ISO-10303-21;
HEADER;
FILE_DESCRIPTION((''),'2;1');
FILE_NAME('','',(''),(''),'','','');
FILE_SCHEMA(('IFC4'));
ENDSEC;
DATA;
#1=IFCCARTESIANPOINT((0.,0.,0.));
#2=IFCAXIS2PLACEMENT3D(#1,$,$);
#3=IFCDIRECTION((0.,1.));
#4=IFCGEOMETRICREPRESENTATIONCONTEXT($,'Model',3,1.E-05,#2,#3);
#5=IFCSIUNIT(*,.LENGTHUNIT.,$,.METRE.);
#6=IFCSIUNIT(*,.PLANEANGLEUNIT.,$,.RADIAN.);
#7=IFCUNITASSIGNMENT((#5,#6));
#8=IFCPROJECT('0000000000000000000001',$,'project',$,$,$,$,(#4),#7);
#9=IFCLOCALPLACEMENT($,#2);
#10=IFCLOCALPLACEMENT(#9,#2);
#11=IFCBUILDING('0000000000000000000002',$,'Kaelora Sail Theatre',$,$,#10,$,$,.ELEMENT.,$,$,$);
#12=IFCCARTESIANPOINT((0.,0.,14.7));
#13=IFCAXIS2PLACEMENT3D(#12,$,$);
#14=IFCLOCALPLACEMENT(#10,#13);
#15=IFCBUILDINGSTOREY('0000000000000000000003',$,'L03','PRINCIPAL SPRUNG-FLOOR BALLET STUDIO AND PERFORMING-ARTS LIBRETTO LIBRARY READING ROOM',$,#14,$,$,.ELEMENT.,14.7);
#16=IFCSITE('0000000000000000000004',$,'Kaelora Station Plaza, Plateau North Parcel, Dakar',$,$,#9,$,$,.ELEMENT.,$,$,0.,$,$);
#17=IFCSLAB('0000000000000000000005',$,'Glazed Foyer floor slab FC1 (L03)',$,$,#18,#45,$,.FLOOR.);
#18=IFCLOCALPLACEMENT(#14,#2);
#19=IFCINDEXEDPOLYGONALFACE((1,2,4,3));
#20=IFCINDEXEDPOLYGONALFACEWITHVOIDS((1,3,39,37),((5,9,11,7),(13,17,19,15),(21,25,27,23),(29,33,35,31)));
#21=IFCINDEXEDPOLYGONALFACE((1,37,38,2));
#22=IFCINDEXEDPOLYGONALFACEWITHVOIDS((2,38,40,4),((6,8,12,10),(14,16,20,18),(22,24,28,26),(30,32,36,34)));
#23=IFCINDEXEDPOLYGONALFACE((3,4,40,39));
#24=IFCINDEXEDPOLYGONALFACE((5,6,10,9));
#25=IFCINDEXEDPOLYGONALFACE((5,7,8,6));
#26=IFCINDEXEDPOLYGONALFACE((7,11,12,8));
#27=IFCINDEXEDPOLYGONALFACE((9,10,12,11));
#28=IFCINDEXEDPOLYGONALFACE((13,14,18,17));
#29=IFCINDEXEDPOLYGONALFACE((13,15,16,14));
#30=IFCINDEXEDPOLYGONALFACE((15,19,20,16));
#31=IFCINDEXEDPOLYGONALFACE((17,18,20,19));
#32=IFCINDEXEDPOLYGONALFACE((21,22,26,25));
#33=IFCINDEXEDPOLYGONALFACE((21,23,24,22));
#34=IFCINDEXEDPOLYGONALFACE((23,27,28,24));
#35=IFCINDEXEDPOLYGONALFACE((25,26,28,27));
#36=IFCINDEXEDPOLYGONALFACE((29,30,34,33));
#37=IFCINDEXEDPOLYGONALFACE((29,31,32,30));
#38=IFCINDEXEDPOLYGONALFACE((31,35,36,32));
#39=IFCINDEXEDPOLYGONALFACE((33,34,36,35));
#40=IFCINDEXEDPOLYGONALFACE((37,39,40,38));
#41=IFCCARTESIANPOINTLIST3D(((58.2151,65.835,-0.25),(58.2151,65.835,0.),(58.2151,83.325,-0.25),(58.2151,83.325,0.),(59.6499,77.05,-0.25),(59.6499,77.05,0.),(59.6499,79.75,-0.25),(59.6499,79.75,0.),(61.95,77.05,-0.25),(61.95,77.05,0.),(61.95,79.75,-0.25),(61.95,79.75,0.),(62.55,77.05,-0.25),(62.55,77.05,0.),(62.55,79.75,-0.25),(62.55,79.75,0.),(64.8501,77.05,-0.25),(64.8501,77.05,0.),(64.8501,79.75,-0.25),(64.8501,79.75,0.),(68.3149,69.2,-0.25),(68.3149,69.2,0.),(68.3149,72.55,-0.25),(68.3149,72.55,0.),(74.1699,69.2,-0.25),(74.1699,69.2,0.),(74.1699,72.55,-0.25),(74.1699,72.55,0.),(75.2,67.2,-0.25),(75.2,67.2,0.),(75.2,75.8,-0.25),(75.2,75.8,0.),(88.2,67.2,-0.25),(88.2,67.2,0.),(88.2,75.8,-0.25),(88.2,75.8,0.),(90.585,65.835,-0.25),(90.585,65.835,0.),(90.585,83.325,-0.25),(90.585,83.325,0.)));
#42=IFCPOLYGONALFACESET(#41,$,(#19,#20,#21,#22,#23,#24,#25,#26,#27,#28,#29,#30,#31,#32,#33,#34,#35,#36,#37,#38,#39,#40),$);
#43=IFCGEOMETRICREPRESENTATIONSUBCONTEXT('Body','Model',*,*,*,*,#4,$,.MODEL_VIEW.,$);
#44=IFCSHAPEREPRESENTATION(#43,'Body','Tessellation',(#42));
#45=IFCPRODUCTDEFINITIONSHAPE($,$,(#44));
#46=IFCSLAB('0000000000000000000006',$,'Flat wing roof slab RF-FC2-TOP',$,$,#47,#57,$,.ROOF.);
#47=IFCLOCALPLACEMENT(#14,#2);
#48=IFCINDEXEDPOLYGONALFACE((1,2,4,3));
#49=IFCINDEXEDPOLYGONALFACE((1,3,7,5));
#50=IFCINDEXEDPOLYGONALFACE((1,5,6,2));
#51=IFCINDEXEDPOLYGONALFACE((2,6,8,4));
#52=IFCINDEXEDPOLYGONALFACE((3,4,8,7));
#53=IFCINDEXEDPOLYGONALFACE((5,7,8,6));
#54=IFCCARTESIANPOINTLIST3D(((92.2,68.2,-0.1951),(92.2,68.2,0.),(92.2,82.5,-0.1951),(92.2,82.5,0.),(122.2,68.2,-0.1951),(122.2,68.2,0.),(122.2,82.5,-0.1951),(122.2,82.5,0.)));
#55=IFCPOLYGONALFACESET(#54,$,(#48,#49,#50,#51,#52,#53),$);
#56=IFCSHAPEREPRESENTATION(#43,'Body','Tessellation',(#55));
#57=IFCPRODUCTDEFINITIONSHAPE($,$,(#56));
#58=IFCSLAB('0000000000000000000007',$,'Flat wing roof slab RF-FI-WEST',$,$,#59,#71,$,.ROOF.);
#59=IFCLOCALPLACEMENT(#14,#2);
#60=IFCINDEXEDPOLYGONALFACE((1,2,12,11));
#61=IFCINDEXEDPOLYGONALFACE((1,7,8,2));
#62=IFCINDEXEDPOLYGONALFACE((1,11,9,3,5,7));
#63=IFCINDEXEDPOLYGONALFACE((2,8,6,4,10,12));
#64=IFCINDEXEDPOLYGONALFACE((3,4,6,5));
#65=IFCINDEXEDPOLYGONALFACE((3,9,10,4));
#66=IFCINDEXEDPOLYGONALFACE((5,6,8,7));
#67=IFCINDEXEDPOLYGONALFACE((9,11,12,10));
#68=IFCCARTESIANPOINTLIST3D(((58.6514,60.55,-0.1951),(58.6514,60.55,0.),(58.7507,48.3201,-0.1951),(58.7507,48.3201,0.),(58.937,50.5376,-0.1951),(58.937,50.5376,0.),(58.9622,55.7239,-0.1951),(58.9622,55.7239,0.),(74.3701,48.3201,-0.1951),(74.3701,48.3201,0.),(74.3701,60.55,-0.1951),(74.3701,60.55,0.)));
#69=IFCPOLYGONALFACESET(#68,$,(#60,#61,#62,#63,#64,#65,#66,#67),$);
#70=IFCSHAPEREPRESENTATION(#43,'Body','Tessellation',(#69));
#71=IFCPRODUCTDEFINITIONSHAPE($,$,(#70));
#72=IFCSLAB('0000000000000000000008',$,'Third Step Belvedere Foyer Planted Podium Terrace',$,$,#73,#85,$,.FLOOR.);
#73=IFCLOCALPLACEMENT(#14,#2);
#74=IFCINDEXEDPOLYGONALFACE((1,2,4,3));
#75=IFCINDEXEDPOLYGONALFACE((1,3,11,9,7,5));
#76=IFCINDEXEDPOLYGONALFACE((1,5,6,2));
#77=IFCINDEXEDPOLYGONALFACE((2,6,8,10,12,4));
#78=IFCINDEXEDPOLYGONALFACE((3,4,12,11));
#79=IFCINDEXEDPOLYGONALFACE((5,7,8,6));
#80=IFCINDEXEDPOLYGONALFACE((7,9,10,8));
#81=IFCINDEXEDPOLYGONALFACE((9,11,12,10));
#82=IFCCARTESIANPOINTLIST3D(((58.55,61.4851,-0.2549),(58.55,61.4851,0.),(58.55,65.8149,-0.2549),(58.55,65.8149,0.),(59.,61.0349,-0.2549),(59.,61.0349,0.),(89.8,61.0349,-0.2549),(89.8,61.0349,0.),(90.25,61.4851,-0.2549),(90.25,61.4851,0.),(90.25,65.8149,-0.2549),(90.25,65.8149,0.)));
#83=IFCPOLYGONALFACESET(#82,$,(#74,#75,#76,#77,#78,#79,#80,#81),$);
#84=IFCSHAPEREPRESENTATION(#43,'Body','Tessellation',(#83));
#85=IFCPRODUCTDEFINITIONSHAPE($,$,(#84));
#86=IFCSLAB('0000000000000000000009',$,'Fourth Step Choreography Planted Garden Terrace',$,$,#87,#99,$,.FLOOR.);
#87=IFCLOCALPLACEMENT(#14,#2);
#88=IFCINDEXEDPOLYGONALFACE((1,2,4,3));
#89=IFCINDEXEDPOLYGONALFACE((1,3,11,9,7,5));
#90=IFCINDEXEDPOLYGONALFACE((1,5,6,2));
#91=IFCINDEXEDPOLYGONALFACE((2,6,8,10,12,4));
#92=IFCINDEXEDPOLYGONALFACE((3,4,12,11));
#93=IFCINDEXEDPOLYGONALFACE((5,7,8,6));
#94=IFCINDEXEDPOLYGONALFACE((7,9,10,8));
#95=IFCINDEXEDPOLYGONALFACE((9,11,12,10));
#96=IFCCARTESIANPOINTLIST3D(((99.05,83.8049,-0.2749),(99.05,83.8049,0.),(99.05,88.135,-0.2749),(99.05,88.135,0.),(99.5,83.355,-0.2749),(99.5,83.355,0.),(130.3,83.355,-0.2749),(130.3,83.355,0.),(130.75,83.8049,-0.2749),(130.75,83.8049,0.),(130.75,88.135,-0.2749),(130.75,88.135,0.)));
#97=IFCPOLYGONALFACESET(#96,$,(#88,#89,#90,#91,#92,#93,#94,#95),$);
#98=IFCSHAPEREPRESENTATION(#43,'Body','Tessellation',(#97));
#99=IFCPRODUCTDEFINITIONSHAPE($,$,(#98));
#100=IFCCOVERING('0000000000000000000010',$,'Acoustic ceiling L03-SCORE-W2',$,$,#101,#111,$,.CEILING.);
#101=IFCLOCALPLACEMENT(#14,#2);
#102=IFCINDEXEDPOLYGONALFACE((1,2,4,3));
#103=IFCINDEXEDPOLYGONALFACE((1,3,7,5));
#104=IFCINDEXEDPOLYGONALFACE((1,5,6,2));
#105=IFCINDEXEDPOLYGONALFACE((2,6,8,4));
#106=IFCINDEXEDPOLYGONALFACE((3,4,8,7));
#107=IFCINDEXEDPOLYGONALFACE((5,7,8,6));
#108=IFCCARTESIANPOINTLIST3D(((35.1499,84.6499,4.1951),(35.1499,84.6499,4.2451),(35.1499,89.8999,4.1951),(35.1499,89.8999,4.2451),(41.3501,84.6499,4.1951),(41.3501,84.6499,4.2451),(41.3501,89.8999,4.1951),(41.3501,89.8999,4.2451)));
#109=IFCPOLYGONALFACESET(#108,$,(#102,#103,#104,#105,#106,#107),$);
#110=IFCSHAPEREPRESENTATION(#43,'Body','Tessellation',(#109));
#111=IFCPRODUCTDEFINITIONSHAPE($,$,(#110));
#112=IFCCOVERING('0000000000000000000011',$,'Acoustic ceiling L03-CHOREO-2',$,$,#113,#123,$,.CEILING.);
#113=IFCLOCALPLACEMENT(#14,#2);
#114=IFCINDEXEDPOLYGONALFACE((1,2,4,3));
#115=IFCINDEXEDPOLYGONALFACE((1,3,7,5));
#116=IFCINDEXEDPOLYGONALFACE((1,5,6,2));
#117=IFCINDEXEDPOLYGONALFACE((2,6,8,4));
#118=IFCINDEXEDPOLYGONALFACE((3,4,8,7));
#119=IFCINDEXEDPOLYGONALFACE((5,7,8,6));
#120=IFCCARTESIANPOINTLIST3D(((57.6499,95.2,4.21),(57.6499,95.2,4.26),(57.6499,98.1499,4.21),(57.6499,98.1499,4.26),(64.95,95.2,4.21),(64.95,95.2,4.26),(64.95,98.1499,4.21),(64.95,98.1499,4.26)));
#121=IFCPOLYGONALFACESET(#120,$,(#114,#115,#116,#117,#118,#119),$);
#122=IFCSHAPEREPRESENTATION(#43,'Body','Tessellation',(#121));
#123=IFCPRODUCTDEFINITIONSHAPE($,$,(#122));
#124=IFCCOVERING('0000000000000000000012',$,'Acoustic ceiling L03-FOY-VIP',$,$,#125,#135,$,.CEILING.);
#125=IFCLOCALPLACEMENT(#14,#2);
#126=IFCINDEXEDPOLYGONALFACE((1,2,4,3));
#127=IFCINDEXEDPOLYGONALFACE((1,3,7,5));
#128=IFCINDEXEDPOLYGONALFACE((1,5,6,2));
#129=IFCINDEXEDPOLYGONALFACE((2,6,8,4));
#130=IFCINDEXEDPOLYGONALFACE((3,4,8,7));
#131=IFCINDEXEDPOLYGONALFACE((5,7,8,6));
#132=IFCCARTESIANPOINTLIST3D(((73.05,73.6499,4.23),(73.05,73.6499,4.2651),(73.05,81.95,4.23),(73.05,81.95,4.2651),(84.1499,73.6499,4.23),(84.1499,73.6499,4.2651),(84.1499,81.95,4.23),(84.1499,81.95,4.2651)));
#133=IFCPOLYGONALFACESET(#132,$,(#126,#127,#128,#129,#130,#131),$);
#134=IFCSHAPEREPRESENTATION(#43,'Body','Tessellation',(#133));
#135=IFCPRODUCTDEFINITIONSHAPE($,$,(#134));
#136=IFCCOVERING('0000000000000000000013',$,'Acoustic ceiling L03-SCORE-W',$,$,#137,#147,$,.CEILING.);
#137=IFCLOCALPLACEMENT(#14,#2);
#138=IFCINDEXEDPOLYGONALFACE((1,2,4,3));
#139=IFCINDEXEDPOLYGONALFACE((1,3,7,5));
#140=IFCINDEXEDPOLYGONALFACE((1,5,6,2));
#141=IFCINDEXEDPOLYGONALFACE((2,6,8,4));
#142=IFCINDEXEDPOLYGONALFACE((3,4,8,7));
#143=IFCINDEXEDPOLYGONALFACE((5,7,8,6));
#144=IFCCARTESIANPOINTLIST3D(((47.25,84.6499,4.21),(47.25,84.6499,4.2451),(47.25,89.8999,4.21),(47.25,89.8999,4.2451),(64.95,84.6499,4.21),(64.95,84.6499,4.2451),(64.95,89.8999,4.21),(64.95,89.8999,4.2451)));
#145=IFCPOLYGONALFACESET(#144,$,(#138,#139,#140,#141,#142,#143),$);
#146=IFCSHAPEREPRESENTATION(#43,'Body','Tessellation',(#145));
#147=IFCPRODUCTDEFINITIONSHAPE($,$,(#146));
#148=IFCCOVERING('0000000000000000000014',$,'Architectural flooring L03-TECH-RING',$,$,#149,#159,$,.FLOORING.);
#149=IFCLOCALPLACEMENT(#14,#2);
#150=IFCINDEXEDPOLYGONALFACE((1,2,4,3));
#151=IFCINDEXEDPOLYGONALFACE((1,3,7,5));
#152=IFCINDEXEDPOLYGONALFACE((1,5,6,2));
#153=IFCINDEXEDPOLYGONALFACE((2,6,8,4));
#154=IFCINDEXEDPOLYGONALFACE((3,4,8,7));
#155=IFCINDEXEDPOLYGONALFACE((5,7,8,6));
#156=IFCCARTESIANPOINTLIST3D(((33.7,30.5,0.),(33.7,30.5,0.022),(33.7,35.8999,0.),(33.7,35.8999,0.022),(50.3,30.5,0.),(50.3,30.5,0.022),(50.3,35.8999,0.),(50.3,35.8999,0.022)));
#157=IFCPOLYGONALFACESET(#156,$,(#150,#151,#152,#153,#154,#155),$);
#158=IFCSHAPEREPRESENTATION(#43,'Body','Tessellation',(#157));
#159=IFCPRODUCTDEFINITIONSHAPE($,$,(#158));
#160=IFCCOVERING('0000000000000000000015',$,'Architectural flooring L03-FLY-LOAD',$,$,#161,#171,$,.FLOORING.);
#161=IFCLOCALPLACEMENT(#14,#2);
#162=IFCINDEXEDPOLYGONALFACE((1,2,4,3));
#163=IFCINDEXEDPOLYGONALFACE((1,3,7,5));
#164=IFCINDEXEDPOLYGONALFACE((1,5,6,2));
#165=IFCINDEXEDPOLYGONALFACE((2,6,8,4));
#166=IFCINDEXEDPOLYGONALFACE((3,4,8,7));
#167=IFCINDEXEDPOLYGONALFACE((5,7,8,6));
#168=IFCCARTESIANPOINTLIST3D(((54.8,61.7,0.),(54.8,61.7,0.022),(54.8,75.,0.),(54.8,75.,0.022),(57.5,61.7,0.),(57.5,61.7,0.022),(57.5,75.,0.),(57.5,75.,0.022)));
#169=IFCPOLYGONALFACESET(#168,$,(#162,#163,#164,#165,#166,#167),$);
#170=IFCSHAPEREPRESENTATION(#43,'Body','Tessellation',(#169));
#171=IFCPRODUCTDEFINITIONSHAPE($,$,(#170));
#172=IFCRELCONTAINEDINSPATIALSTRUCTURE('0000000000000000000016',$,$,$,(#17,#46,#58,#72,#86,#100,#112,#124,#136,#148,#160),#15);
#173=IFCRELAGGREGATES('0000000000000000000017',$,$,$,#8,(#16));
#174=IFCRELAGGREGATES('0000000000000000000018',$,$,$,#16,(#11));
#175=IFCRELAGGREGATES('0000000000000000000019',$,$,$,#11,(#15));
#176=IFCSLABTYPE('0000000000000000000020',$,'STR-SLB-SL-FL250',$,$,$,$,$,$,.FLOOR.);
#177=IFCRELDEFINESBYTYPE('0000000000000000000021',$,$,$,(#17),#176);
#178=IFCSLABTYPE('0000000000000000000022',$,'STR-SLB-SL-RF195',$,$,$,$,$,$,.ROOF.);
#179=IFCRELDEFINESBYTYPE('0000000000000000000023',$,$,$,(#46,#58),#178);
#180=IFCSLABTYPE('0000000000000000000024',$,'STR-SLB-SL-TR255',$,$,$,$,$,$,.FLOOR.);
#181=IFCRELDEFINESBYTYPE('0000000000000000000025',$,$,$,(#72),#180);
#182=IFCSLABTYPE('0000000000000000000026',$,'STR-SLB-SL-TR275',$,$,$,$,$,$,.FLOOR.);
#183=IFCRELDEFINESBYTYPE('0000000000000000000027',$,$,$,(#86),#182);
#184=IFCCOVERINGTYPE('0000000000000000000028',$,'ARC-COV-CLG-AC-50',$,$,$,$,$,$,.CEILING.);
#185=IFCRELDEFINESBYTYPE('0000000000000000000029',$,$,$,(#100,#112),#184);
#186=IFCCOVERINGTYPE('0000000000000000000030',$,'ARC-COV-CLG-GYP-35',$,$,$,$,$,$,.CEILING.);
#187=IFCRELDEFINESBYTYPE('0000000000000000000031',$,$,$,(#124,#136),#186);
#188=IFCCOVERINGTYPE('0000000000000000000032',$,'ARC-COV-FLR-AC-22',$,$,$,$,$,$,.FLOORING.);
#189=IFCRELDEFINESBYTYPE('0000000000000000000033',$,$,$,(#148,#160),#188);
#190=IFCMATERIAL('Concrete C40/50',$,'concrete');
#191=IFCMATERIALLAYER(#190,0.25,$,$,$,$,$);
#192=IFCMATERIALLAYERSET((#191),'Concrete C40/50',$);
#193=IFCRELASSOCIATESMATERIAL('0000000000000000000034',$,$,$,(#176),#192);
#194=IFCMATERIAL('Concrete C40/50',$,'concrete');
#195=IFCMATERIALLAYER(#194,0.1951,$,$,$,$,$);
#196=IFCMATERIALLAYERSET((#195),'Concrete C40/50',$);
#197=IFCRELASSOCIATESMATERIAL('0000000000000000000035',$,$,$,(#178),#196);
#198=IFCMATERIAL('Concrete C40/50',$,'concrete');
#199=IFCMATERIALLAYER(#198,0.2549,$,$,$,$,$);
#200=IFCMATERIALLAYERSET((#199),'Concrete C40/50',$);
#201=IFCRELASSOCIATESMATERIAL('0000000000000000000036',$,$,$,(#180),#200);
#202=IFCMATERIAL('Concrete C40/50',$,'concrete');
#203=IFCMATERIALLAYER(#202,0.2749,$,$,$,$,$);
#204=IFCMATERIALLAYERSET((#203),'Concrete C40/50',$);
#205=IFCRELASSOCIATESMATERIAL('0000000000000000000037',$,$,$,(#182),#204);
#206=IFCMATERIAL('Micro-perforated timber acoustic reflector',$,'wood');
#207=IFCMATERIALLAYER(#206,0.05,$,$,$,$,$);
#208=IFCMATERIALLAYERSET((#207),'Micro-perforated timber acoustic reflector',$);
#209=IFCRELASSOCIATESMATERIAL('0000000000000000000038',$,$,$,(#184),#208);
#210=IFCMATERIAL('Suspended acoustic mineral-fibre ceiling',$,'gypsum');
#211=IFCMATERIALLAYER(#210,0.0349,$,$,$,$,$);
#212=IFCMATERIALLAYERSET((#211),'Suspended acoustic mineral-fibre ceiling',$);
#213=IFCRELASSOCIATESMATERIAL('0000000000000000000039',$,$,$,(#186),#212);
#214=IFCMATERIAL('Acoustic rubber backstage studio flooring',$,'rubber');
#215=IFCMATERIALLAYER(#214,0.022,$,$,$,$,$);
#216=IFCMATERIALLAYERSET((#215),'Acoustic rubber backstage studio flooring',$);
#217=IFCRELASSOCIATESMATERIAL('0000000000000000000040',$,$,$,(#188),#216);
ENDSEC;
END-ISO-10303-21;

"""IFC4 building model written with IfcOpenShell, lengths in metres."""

from ifc_helpers import new_model, si_unit, direction, frame, origin, place, context, subcontext, project, spatial, polyline, outline, extrude, material, layer, layer_set, type_object, element, save


model = new_model("IFC4")

# Units and contexts
model_context = context("Model", 3, precision=1e-05, world=origin(), true_north=direction((0.0, 1.0)))
body_context = subcontext(model_context, "Body", "Model", "MODEL_VIEW")
ifc_project = project(units=[si_unit("LENGTHUNIT", "METRE"), si_unit("PLANEANGLEUNIT", "RADIAN")], contexts=[model_context])

# Site, building, storey
site_placement = place(None, origin())
site = spatial("IfcSite", under=ifc_project, at=site_placement, Name="Kaelora Station Plaza, Plateau North Parcel, Dakar", CompositionType="ELEMENT", RefElevation=0.0)
building_placement = place(site_placement, origin())
building = spatial("IfcBuilding", under=site, at=building_placement, Name="Kaelora Sail Theatre", CompositionType="ELEMENT")
storey_placement = place(building_placement, frame((0.0, 0.0, 14.7)))
storey = spatial("IfcBuildingStorey", under=building, at=storey_placement, Name="L03", Description="PRINCIPAL SPRUNG-FLOOR BALLET STUDIO AND PERFORMING-ARTS LIBRETTO LIBRARY READING ROOM", CompositionType="ELEMENT", Elevation=14.7)

# Slabs
ifc_material_1 = material(Name="Concrete C40/50", Category="concrete")
ifc_layer_1 = layer(ifc_material_1, 0.25)
ifc_layer_set_1 = layer_set([ifc_layer_1], Name="Concrete C40/50")
slab_type_1 = type_object("IfcSlabType", Name="STR-SLB-SL-FL250", PredefinedType="FLOOR", material=ifc_layer_set_1)
slab_1_placement = place(storey_placement, frame((0.0, 0.0, -0.25)))
element("IfcSlab", 1, at=slab_1_placement, inside=storey, type_object=slab_type_1, Name="Glazed Foyer floor slab FC1 (L03)", PredefinedType="FLOOR", context=body_context, shape_type="SweptSolid", body=[
    extrude(outline(polyline([(58.2151, 65.835), (90.585, 65.835), (90.585, 83.325), (58.2151, 83.325), (58.2151, 65.835)]), holes=[polyline([(68.3149, 69.2), (74.1699, 69.2), (74.1699, 72.55), (68.3149, 72.55), (68.3149, 69.2)]), polyline([(59.6499, 77.05), (61.95, 77.05), (61.95, 79.75), (59.6499, 79.75), (59.6499, 77.05)]), polyline([(62.55, 77.05), (64.8501, 77.05), (64.8501, 79.75), (62.55, 79.75), (62.55, 77.05)]), polyline([(75.2, 67.2), (88.2, 67.2), (88.2, 75.8), (75.2, 75.8), (75.2, 67.2)])]), origin(), (0.0, 0.0, 1.0), 0.25),
])
ifc_material_2 = material(Name="Concrete C40/50", Category="concrete")
ifc_layer_2 = layer(ifc_material_2, 0.1951)
ifc_layer_set_2 = layer_set([ifc_layer_2], Name="Concrete C40/50")
slab_type_2 = type_object("IfcSlabType", Name="STR-SLB-SL-RF195", PredefinedType="ROOF", material=ifc_layer_set_2)
slab_2_placement = place(storey_placement, frame((0.0, 0.0, -0.1951)))
element("IfcSlab", 2, at=slab_2_placement, inside=storey, type_object=slab_type_2, Name="Flat wing roof slab RF-FC2-TOP", PredefinedType="ROOF", context=body_context, shape_type="SweptSolid", body=[
    extrude(outline(polyline([(92.2, 82.5), (122.2, 82.5), (122.2, 68.2), (92.2, 68.2), (92.2, 82.5)])), origin(), (0.0, 0.0, 1.0), 0.1951),
])
slab_3_placement = place(storey_placement, frame((0.0, 0.0, -0.1951)))
element("IfcSlab", 3, at=slab_3_placement, inside=storey, type_object=slab_type_2, Name="Flat wing roof slab RF-FI-WEST", PredefinedType="ROOF", context=body_context, shape_type="SweptSolid", body=[
    extrude(outline(polyline([(74.3701, 60.55), (74.3701, 48.3201), (58.7507, 48.3201), (58.937, 50.5376), (58.9622, 55.7239), (58.6514, 60.55), (74.3701, 60.55)])), origin(), (0.0, 0.0, 1.0), 0.1951),
])
ifc_material_3 = material(Name="Concrete C40/50", Category="concrete")
ifc_layer_3 = layer(ifc_material_3, 0.2549)
ifc_layer_set_3 = layer_set([ifc_layer_3], Name="Concrete C40/50")
slab_type_3 = type_object("IfcSlabType", Name="STR-SLB-SL-TR255", PredefinedType="FLOOR", material=ifc_layer_set_3)
slab_4_placement = place(storey_placement, frame((0.0, 0.0, -0.2549)))
element("IfcSlab", 4, at=slab_4_placement, inside=storey, type_object=slab_type_3, Name="Third Step Belvedere Foyer Planted Podium Terrace", PredefinedType="FLOOR", context=body_context, shape_type="SweptSolid", body=[
    extrude(outline(polyline([(59.0, 61.0349), (89.8, 61.0349), (90.25, 61.4851), (90.25, 65.8149), (58.55, 65.8149), (58.55, 61.4851), (59.0, 61.0349)])), origin(), (0.0, 0.0, 1.0), 0.2549),
])
ifc_material_4 = material(Name="Concrete C40/50", Category="concrete")
ifc_layer_4 = layer(ifc_material_4, 0.2749)
ifc_layer_set_4 = layer_set([ifc_layer_4], Name="Concrete C40/50")
slab_type_4 = type_object("IfcSlabType", Name="STR-SLB-SL-TR275", PredefinedType="FLOOR", material=ifc_layer_set_4)
slab_5_placement = place(storey_placement, frame((0.0, 0.0, -0.2749)))
element("IfcSlab", 5, at=slab_5_placement, inside=storey, type_object=slab_type_4, Name="Fourth Step Choreography Planted Garden Terrace", PredefinedType="FLOOR", context=body_context, shape_type="SweptSolid", body=[
    extrude(outline(polyline([(99.5, 83.355), (130.3, 83.355), (130.75, 83.8049), (130.75, 88.135), (99.05, 88.135), (99.05, 83.8049), (99.5, 83.355)])), origin(), (0.0, 0.0, 1.0), 0.2749),
])

# Coverings
ifc_material_5 = material(Name="Micro-perforated timber acoustic reflector", Category="wood")
ifc_layer_5 = layer(ifc_material_5, 0.05)
ifc_layer_set_5 = layer_set([ifc_layer_5], Name="Micro-perforated timber acoustic reflector")
covering_type_1 = type_object("IfcCoveringType", Name="ARC-COV-CLG-AC-50", PredefinedType="CEILING", material=ifc_layer_set_5)
covering_1_placement = place(storey_placement, frame((0.0, 0.0, 4.1951)))
element("IfcCovering", 6, at=covering_1_placement, inside=storey, type_object=covering_type_1, Name="Acoustic ceiling L03-SCORE-W2", PredefinedType="CEILING", context=body_context, shape_type="SweptSolid", body=[
    extrude(outline(polyline([(35.1499, 84.6499), (41.3501, 84.6499), (41.3501, 89.8999), (35.1499, 89.8999), (35.1499, 84.6499)])), origin(), (0.0, 0.0, 1.0), 0.05),
])
covering_2_placement = place(storey_placement, frame((0.0, 0.0, 4.21)))
element("IfcCovering", 7, at=covering_2_placement, inside=storey, type_object=covering_type_1, Name="Acoustic ceiling L03-CHOREO-2", PredefinedType="CEILING", context=body_context, shape_type="SweptSolid", body=[
    extrude(outline(polyline([(57.6499, 95.2), (64.95, 95.2), (64.95, 98.1499), (57.6499, 98.1499), (57.6499, 95.2)])), origin(), (0.0, 0.0, 1.0), 0.05),
])
ifc_material_6 = material(Name="Suspended acoustic mineral-fibre ceiling", Category="gypsum")
ifc_layer_6 = layer(ifc_material_6, 0.0349)
ifc_layer_set_6 = layer_set([ifc_layer_6], Name="Suspended acoustic mineral-fibre ceiling")
covering_type_2 = type_object("IfcCoveringType", Name="ARC-COV-CLG-GYP-35", PredefinedType="CEILING", material=ifc_layer_set_6)
covering_3_placement = place(storey_placement, frame((0.0, 0.0, 4.23)))
element("IfcCovering", 8, at=covering_3_placement, inside=storey, type_object=covering_type_2, Name="Acoustic ceiling L03-FOY-VIP", PredefinedType="CEILING", context=body_context, shape_type="SweptSolid", body=[
    extrude(outline(polyline([(73.05, 73.6499), (84.1499, 73.6499), (84.1499, 81.95), (73.05, 81.95), (73.05, 73.6499)])), origin(), (0.0, 0.0, 1.0), 0.0352),
])
covering_4_placement = place(storey_placement, frame((0.0, 0.0, 4.21)))
element("IfcCovering", 9, at=covering_4_placement, inside=storey, type_object=covering_type_2, Name="Acoustic ceiling L03-SCORE-W", PredefinedType="CEILING", context=body_context, shape_type="SweptSolid", body=[
    extrude(outline(polyline([(47.25, 84.6499), (64.95, 84.6499), (64.95, 89.8999), (47.25, 89.8999), (47.25, 84.6499)])), origin(), (0.0, 0.0, 1.0), 0.0352),
])
ifc_material_7 = material(Name="Acoustic rubber backstage studio flooring", Category="rubber")
ifc_layer_7 = layer(ifc_material_7, 0.022)
ifc_layer_set_7 = layer_set([ifc_layer_7], Name="Acoustic rubber backstage studio flooring")
covering_type_3 = type_object("IfcCoveringType", Name="ARC-COV-FLR-AC-22", PredefinedType="FLOORING", material=ifc_layer_set_7)
covering_5_placement = place(storey_placement, origin())
element("IfcCovering", 10, at=covering_5_placement, inside=storey, type_object=covering_type_3, Name="Architectural flooring L03-TECH-RING", PredefinedType="FLOORING", context=body_context, shape_type="SweptSolid", body=[
    extrude(outline(polyline([(33.7, 30.5), (50.3, 30.5), (50.3, 35.8999), (33.7, 35.8999), (33.7, 30.5)])), origin(), (0.0, 0.0, 1.0), 0.022),
])
covering_6_placement = place(storey_placement, origin())
element("IfcCovering", 11, at=covering_6_placement, inside=storey, type_object=covering_type_3, Name="Architectural flooring L03-FLY-LOAD", PredefinedType="FLOORING", context=body_context, shape_type="SweptSolid", body=[
    extrude(outline(polyline([(54.8, 61.7), (57.5, 61.7), (57.5, 75.0), (54.8, 75.0), (54.8, 61.7)])), origin(), (0.0, 0.0, 1.0), 0.022),
])

save(model, "model.ifc")
